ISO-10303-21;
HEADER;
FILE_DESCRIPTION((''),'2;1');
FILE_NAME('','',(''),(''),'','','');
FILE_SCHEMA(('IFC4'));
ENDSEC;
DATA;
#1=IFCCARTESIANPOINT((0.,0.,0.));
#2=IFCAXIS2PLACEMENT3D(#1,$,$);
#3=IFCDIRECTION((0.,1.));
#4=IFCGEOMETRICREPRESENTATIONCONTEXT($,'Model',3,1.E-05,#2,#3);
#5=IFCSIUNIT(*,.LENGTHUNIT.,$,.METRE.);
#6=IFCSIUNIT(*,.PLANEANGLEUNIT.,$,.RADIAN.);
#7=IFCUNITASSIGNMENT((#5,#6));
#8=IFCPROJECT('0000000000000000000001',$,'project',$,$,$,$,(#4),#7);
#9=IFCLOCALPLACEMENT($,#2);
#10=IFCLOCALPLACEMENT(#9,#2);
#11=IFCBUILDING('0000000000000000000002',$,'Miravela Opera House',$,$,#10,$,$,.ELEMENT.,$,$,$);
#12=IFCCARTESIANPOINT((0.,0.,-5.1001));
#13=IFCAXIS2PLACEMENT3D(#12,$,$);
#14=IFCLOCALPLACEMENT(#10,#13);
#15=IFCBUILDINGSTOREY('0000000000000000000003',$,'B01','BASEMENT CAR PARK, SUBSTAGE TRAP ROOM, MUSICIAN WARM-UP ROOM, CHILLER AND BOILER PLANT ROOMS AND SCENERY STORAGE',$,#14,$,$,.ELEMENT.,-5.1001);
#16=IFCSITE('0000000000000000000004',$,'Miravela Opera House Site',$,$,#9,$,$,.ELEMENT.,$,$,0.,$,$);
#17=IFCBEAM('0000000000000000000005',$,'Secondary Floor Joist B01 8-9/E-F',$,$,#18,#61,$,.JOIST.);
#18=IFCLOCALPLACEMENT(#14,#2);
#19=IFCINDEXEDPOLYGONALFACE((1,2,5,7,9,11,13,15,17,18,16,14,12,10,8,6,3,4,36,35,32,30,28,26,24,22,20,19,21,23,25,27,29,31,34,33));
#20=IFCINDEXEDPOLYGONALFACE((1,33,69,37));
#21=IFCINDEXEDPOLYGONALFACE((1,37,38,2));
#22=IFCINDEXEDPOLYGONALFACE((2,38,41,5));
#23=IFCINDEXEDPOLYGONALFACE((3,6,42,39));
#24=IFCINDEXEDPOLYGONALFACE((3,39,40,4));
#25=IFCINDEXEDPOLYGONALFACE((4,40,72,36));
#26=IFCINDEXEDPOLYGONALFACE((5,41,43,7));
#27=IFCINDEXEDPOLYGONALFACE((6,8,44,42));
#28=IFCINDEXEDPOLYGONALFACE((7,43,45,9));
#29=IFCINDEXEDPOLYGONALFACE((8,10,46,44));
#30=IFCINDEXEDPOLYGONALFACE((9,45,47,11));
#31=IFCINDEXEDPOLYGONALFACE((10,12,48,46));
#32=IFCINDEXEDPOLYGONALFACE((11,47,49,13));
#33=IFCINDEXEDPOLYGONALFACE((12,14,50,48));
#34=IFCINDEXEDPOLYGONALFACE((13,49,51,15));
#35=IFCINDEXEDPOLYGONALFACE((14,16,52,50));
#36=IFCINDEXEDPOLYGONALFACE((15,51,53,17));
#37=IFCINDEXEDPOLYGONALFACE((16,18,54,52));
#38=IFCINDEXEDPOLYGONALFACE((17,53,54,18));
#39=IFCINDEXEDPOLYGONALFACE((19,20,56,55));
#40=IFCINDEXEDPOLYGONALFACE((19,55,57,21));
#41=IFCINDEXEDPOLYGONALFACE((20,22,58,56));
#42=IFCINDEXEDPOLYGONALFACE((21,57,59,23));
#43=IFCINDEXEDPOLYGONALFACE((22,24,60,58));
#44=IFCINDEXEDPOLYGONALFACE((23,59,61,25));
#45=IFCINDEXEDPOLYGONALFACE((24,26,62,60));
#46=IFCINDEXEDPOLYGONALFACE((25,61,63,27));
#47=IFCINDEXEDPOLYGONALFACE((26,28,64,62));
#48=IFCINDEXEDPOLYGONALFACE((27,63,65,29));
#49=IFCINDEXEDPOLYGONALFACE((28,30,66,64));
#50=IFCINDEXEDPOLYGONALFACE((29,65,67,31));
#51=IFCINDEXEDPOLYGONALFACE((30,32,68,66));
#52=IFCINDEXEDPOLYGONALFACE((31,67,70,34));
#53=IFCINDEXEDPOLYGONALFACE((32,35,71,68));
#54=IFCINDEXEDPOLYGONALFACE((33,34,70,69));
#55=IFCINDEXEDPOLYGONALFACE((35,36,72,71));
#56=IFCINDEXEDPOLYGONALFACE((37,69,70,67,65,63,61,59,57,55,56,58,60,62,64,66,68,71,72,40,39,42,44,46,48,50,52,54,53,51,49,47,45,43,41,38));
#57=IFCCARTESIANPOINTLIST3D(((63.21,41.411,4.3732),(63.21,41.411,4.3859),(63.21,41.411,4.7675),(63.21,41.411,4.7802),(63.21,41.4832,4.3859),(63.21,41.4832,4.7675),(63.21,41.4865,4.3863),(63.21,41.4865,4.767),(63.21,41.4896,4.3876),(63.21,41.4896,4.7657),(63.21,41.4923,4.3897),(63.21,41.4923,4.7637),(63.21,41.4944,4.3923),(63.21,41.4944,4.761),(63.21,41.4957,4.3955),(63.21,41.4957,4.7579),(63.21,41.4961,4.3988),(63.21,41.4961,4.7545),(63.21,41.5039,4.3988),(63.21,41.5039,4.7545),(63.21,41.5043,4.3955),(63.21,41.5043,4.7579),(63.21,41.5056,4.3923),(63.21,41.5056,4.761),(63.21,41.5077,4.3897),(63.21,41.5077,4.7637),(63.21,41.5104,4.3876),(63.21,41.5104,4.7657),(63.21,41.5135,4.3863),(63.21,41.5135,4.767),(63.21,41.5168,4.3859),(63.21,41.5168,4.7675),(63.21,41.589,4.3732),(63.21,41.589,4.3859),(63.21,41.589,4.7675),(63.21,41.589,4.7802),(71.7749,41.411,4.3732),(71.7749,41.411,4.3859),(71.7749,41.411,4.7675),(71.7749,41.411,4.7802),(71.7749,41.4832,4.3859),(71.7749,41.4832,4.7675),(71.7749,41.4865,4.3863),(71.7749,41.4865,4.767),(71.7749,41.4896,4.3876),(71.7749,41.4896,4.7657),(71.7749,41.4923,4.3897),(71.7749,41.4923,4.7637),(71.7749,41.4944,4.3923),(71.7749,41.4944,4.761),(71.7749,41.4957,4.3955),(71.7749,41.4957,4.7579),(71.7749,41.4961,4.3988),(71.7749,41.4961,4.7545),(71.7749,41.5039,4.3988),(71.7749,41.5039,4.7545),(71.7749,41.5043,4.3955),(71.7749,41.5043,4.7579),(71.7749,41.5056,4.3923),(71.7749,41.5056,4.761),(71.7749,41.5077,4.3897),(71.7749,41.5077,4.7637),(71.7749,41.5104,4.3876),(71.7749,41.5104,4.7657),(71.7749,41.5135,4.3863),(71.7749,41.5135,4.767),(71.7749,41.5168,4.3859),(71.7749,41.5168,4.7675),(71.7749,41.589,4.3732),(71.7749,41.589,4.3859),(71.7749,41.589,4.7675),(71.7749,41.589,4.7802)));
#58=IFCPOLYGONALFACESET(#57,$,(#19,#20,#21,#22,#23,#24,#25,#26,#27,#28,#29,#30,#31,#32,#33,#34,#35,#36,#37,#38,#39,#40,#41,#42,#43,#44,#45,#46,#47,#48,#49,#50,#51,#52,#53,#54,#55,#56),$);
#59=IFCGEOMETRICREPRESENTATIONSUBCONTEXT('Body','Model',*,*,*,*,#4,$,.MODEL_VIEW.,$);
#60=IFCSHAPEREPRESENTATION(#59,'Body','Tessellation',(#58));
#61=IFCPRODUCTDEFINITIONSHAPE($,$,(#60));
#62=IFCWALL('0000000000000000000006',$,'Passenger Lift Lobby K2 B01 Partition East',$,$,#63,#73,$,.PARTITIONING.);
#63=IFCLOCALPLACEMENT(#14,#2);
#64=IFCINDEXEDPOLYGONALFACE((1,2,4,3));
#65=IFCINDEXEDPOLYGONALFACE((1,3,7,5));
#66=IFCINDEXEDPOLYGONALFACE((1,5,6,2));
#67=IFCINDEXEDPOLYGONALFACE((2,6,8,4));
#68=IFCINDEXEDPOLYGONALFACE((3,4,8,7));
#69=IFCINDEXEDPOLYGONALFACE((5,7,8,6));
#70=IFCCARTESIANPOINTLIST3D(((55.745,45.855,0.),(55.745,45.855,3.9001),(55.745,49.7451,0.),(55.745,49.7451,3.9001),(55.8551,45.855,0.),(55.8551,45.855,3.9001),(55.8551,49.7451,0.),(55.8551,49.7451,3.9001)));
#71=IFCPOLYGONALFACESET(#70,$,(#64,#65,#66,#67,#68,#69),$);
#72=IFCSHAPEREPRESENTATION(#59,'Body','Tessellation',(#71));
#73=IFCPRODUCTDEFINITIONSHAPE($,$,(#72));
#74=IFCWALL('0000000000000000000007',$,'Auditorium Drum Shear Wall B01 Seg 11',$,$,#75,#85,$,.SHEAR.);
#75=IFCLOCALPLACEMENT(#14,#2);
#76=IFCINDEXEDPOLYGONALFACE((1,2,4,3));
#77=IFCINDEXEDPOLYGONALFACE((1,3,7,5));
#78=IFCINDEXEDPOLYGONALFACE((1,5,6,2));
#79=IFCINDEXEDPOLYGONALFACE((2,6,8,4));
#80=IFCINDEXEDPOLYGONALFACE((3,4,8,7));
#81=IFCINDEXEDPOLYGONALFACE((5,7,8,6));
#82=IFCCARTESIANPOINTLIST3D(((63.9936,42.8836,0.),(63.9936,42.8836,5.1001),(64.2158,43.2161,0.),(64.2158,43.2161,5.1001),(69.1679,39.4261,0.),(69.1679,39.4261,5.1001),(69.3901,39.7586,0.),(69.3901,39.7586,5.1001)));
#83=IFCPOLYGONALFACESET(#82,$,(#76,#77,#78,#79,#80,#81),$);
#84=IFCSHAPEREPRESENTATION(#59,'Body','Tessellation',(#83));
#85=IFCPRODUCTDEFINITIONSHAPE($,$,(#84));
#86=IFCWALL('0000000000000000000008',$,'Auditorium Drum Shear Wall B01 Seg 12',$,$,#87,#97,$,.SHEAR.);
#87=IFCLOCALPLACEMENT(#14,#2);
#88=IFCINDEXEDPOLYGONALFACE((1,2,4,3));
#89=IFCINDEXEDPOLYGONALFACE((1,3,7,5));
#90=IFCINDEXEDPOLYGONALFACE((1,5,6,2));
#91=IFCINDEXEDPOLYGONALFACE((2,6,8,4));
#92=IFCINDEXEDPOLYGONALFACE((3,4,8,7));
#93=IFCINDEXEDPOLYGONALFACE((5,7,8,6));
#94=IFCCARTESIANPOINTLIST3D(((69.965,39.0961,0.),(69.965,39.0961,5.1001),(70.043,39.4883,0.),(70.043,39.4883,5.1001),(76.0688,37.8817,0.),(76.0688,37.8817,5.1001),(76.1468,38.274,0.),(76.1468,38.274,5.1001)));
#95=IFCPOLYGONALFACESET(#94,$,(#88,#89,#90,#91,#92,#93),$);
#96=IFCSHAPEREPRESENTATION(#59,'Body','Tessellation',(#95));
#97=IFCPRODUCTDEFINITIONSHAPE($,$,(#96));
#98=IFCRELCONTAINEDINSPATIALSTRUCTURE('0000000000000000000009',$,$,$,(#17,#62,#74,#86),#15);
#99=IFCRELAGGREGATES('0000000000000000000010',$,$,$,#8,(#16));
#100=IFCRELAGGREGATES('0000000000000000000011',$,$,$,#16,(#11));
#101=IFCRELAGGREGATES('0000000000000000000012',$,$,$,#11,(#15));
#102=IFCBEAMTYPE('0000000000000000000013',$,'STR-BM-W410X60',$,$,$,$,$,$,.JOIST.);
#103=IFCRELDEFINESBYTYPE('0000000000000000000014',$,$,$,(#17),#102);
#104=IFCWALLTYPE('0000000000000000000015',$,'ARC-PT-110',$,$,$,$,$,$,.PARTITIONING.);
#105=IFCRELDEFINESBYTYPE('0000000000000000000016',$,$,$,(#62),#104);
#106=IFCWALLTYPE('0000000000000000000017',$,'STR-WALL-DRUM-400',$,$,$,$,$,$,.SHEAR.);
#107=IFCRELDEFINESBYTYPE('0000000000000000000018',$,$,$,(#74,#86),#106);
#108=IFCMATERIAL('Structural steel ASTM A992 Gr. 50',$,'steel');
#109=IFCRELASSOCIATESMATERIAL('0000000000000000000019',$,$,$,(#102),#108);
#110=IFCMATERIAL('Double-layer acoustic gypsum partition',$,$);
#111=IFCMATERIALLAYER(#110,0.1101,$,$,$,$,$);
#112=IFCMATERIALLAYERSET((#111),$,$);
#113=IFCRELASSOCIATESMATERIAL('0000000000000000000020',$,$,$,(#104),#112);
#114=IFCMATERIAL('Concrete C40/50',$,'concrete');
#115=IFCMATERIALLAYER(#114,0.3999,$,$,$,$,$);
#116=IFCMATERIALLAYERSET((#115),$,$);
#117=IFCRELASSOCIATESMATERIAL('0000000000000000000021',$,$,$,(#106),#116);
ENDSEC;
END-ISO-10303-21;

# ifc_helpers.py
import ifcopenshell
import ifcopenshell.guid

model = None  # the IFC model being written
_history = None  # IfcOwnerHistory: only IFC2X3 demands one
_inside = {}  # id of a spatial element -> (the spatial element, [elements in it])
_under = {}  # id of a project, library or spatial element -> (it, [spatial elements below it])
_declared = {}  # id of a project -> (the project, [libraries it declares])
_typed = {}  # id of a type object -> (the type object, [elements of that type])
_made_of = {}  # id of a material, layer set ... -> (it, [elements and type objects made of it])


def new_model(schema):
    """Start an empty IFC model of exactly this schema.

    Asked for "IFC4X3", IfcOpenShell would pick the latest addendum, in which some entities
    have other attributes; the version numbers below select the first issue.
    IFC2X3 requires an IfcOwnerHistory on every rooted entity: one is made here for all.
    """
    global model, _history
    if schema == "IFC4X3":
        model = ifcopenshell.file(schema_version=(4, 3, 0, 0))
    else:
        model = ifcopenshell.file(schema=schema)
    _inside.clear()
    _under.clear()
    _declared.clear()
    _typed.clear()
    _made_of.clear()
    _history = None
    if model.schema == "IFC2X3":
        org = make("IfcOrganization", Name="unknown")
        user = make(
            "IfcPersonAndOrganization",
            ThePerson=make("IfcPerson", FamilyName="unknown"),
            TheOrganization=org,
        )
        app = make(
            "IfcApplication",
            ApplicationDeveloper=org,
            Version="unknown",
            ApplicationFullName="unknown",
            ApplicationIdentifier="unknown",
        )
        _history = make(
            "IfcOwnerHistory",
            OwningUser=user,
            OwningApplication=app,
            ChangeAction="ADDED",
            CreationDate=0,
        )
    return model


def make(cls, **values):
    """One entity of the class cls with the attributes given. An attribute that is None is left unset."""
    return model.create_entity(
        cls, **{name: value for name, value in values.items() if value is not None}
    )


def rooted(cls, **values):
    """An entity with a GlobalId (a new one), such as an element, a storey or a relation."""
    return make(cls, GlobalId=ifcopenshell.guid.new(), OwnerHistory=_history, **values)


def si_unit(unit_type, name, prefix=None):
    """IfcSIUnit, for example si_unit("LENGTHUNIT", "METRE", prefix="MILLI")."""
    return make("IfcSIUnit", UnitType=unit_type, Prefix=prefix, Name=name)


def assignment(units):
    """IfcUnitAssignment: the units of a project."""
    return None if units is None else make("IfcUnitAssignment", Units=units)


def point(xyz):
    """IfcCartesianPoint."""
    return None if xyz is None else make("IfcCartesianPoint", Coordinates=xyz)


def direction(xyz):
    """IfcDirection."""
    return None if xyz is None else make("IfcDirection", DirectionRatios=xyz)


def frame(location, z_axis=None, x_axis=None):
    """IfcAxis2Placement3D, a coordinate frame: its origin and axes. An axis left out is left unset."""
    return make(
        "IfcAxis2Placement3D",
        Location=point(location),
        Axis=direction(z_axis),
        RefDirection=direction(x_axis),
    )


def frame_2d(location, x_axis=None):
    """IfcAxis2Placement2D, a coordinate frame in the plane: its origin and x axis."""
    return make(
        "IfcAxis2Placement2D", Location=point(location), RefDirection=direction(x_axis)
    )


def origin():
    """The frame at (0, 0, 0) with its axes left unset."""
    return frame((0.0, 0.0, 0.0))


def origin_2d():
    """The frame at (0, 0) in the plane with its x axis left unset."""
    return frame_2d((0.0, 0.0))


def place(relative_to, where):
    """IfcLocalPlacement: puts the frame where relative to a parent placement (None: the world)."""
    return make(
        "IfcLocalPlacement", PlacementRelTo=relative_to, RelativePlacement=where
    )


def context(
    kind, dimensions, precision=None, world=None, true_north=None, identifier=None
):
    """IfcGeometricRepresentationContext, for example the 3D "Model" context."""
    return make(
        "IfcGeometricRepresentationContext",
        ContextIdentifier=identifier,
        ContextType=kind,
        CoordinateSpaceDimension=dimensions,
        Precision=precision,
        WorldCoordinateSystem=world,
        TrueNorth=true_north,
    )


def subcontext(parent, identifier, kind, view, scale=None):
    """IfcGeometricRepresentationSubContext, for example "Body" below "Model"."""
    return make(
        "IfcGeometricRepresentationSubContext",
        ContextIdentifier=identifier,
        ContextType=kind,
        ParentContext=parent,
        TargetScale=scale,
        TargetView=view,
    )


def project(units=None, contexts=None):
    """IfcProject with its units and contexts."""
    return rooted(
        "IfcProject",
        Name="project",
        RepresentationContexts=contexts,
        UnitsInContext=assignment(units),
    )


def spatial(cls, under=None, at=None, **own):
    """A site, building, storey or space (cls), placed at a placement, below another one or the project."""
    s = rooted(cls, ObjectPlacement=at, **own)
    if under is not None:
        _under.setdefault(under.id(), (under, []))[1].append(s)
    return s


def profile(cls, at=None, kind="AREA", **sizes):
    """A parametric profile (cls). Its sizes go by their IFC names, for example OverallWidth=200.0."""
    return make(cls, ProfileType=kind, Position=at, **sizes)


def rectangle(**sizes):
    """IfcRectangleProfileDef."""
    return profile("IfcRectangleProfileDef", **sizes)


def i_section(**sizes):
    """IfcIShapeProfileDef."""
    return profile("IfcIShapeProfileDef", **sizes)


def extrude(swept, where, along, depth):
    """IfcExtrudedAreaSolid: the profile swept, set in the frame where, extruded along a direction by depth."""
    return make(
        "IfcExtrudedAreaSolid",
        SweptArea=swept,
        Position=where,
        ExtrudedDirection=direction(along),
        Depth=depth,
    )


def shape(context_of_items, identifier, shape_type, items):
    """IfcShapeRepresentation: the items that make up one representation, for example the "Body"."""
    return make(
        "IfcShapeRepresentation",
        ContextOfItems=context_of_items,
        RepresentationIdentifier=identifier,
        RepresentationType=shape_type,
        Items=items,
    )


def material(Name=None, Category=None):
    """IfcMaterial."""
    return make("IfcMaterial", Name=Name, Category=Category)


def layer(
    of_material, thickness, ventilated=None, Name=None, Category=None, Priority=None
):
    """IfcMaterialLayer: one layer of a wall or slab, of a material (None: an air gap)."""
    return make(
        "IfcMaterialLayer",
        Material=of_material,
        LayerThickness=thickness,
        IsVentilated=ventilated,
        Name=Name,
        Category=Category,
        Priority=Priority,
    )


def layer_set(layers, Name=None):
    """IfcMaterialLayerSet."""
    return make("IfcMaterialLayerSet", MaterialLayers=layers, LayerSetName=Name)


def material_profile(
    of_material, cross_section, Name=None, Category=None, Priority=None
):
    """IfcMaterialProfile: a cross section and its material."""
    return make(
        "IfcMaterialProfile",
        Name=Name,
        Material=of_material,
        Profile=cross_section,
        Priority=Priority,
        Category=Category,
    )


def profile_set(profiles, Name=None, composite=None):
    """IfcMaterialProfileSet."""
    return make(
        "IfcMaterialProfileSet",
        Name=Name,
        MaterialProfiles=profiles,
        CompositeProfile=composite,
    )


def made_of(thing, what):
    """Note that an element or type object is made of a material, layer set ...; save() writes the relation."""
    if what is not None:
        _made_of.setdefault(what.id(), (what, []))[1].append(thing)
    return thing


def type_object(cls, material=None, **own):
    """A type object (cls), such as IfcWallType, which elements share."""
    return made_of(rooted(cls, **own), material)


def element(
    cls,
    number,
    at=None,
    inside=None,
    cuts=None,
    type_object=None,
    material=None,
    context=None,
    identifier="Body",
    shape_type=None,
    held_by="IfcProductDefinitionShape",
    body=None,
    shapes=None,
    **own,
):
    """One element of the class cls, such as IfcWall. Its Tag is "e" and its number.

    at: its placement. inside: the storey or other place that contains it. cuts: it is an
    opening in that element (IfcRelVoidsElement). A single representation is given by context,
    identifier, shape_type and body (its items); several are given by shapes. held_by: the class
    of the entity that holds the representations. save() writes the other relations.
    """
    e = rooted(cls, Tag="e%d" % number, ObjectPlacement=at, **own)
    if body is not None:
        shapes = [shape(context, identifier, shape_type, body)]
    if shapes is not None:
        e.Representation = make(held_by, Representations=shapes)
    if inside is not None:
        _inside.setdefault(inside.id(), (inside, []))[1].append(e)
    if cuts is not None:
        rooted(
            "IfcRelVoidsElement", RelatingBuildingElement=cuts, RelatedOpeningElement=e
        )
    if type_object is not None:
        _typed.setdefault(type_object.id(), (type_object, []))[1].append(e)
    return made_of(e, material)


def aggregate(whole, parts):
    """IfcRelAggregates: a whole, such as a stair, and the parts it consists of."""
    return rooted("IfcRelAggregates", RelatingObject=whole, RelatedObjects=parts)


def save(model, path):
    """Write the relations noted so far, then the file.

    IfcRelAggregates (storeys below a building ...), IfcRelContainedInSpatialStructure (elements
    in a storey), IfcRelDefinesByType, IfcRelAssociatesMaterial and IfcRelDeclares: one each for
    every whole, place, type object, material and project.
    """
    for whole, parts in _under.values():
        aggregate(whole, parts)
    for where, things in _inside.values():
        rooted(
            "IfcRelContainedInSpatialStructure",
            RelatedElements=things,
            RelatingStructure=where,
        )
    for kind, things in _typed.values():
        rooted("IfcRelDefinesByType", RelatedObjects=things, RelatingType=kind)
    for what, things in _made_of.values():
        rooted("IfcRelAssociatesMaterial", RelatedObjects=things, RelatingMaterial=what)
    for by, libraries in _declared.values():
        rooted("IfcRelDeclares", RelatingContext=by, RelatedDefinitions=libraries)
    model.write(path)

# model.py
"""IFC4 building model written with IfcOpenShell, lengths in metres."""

from ifc_helpers import new_model, si_unit, direction, frame, frame_2d, origin, origin_2d, place, context, subcontext, project, spatial, rectangle, i_section, extrude, material, layer, layer_set, material_profile, profile_set, type_object, element, save


model = new_model("IFC4")

# Units and contexts
model_context = context("Model", 3, precision=1e-05, world=origin(), true_north=direction((0.0, 1.0)))
body_context = subcontext(model_context, "Body", "Model", "MODEL_VIEW")
ifc_project = project(units=[si_unit("LENGTHUNIT", "METRE"), si_unit("PLANEANGLEUNIT", "RADIAN")], contexts=[model_context])

# Site, building, storey
site_placement = place(None, origin())
site = spatial("IfcSite", under=ifc_project, at=site_placement, Name="Miravela Opera House Site", CompositionType="ELEMENT", RefElevation=0.0)
building_placement = place(site_placement, origin())
building = spatial("IfcBuilding", under=site, at=building_placement, Name="Miravela Opera House", CompositionType="ELEMENT")
storey_placement = place(building_placement, frame((0.0, 0.0, -5.1001)))
storey = spatial("IfcBuildingStorey", under=building, at=storey_placement, Name="B01", Description="BASEMENT CAR PARK, SUBSTAGE TRAP ROOM, MUSICIAN WARM-UP ROOM, CHILLER AND BOILER PLANT ROOMS AND SCENERY STORAGE", CompositionType="ELEMENT", Elevation=-5.1001)

# Shared definitions
ifc_material_1 = material(Name="Concrete C40/50", Category="concrete")

# Beam
ifc_material_2 = material(Name="Structural steel ASTM A992 Gr. 50", Category="steel")
ifc_material_profile_1 = material_profile(ifc_material_2, i_section(OverallWidth=0.178, OverallDepth=0.407, WebThickness=0.0078, FlangeThickness=0.0127, FilletRadius=0.0129, at=origin_2d()), Name="W410X60")
ifc_profile_set_1 = profile_set([ifc_material_profile_1])
beam_type_1 = type_object("IfcBeamType", Name="STR-BM-W410X60", PredefinedType="JOIST", material=ifc_profile_set_1)
beam_1_placement = place(storey_placement, frame((63.21, 41.5, 4.5767), z_axis=(1.0, 0.0, 0.0), x_axis=(0.0, 1.0, 0.0)))
element("IfcBeam", 1, at=beam_1_placement, inside=storey, type_object=beam_type_1, Name="Secondary Floor Joist B01 8-9/E-F", PredefinedType="JOIST", context=body_context, shape_type="SweptSolid", body=[
    extrude(i_section(OverallWidth=0.178, OverallDepth=0.407, WebThickness=0.0078, FlangeThickness=0.0127, FilletRadius=0.0129, at=origin_2d()), origin(), (0.0, 0.0, 1.0), 8.5649),
])

# Walls
ifc_material_3 = material(Name="Double-layer acoustic gypsum partition")
ifc_layer_1 = layer(ifc_material_3, 0.1101)
ifc_layer_set_1 = layer_set([ifc_layer_1])
wall_type_1 = type_object("IfcWallType", Name="ARC-PT-110", PredefinedType="PARTITIONING", material=ifc_layer_set_1)
wall_1_placement = place(storey_placement, frame((55.8, 45.855, 0.0), z_axis=(0.0, 0.0, 1.0), x_axis=(0.0, 1.0, 0.0)))
element("IfcWall", 2, at=wall_1_placement, inside=storey, type_object=wall_type_1, Name="Passenger Lift Lobby K2 B01 Partition East", PredefinedType="PARTITIONING", context=body_context, shape_type="SweptSolid", body=[
    extrude(rectangle(XDim=3.8901, YDim=0.1101, at=frame_2d((1.9451, 0.0))), origin(), (0.0, 0.0, 1.0), 3.9001),
])
ifc_layer_2 = layer(ifc_material_1, 0.3999)
ifc_layer_set_2 = layer_set([ifc_layer_2])
wall_type_2 = type_object("IfcWallType", Name="STR-WALL-DRUM-400", PredefinedType="SHEAR", material=ifc_layer_set_2)
wall_2_placement = place(storey_placement, frame((64.1047, 43.0498, 0.0), z_axis=(0.0, 0.0, 1.0), x_axis=(0.831458, -0.555587, 0.0)))
element("IfcWall", 3, at=wall_2_placement, inside=storey, type_object=wall_type_2, Name="Auditorium Drum Shear Wall B01 Seg 11", PredefinedType="SHEAR", context=body_context, shape_type="SweptSolid", body=[
    extrude(rectangle(XDim=6.2231, YDim=0.3999, at=frame_2d((3.1116, 0.0))), origin(), (0.0, 0.0, 1.0), 5.1001),
])
wall_3_placement = place(storey_placement, frame((70.0039, 39.2922, 0.0), z_axis=(0.0, 0.0, 1.0), x_axis=(0.980778, -0.195128, 0.0)))
element("IfcWall", 4, at=wall_3_placement, inside=storey, type_object=wall_type_2, Name="Auditorium Drum Shear Wall B01 Seg 12", PredefinedType="SHEAR", context=body_context, shape_type="SweptSolid", body=[
    extrude(rectangle(XDim=6.2234, YDim=0.3999, at=frame_2d((3.1118, 0.0))), origin(), (0.0, 0.0, 1.0), 5.1001),
])

save(model, "model.ifc")
